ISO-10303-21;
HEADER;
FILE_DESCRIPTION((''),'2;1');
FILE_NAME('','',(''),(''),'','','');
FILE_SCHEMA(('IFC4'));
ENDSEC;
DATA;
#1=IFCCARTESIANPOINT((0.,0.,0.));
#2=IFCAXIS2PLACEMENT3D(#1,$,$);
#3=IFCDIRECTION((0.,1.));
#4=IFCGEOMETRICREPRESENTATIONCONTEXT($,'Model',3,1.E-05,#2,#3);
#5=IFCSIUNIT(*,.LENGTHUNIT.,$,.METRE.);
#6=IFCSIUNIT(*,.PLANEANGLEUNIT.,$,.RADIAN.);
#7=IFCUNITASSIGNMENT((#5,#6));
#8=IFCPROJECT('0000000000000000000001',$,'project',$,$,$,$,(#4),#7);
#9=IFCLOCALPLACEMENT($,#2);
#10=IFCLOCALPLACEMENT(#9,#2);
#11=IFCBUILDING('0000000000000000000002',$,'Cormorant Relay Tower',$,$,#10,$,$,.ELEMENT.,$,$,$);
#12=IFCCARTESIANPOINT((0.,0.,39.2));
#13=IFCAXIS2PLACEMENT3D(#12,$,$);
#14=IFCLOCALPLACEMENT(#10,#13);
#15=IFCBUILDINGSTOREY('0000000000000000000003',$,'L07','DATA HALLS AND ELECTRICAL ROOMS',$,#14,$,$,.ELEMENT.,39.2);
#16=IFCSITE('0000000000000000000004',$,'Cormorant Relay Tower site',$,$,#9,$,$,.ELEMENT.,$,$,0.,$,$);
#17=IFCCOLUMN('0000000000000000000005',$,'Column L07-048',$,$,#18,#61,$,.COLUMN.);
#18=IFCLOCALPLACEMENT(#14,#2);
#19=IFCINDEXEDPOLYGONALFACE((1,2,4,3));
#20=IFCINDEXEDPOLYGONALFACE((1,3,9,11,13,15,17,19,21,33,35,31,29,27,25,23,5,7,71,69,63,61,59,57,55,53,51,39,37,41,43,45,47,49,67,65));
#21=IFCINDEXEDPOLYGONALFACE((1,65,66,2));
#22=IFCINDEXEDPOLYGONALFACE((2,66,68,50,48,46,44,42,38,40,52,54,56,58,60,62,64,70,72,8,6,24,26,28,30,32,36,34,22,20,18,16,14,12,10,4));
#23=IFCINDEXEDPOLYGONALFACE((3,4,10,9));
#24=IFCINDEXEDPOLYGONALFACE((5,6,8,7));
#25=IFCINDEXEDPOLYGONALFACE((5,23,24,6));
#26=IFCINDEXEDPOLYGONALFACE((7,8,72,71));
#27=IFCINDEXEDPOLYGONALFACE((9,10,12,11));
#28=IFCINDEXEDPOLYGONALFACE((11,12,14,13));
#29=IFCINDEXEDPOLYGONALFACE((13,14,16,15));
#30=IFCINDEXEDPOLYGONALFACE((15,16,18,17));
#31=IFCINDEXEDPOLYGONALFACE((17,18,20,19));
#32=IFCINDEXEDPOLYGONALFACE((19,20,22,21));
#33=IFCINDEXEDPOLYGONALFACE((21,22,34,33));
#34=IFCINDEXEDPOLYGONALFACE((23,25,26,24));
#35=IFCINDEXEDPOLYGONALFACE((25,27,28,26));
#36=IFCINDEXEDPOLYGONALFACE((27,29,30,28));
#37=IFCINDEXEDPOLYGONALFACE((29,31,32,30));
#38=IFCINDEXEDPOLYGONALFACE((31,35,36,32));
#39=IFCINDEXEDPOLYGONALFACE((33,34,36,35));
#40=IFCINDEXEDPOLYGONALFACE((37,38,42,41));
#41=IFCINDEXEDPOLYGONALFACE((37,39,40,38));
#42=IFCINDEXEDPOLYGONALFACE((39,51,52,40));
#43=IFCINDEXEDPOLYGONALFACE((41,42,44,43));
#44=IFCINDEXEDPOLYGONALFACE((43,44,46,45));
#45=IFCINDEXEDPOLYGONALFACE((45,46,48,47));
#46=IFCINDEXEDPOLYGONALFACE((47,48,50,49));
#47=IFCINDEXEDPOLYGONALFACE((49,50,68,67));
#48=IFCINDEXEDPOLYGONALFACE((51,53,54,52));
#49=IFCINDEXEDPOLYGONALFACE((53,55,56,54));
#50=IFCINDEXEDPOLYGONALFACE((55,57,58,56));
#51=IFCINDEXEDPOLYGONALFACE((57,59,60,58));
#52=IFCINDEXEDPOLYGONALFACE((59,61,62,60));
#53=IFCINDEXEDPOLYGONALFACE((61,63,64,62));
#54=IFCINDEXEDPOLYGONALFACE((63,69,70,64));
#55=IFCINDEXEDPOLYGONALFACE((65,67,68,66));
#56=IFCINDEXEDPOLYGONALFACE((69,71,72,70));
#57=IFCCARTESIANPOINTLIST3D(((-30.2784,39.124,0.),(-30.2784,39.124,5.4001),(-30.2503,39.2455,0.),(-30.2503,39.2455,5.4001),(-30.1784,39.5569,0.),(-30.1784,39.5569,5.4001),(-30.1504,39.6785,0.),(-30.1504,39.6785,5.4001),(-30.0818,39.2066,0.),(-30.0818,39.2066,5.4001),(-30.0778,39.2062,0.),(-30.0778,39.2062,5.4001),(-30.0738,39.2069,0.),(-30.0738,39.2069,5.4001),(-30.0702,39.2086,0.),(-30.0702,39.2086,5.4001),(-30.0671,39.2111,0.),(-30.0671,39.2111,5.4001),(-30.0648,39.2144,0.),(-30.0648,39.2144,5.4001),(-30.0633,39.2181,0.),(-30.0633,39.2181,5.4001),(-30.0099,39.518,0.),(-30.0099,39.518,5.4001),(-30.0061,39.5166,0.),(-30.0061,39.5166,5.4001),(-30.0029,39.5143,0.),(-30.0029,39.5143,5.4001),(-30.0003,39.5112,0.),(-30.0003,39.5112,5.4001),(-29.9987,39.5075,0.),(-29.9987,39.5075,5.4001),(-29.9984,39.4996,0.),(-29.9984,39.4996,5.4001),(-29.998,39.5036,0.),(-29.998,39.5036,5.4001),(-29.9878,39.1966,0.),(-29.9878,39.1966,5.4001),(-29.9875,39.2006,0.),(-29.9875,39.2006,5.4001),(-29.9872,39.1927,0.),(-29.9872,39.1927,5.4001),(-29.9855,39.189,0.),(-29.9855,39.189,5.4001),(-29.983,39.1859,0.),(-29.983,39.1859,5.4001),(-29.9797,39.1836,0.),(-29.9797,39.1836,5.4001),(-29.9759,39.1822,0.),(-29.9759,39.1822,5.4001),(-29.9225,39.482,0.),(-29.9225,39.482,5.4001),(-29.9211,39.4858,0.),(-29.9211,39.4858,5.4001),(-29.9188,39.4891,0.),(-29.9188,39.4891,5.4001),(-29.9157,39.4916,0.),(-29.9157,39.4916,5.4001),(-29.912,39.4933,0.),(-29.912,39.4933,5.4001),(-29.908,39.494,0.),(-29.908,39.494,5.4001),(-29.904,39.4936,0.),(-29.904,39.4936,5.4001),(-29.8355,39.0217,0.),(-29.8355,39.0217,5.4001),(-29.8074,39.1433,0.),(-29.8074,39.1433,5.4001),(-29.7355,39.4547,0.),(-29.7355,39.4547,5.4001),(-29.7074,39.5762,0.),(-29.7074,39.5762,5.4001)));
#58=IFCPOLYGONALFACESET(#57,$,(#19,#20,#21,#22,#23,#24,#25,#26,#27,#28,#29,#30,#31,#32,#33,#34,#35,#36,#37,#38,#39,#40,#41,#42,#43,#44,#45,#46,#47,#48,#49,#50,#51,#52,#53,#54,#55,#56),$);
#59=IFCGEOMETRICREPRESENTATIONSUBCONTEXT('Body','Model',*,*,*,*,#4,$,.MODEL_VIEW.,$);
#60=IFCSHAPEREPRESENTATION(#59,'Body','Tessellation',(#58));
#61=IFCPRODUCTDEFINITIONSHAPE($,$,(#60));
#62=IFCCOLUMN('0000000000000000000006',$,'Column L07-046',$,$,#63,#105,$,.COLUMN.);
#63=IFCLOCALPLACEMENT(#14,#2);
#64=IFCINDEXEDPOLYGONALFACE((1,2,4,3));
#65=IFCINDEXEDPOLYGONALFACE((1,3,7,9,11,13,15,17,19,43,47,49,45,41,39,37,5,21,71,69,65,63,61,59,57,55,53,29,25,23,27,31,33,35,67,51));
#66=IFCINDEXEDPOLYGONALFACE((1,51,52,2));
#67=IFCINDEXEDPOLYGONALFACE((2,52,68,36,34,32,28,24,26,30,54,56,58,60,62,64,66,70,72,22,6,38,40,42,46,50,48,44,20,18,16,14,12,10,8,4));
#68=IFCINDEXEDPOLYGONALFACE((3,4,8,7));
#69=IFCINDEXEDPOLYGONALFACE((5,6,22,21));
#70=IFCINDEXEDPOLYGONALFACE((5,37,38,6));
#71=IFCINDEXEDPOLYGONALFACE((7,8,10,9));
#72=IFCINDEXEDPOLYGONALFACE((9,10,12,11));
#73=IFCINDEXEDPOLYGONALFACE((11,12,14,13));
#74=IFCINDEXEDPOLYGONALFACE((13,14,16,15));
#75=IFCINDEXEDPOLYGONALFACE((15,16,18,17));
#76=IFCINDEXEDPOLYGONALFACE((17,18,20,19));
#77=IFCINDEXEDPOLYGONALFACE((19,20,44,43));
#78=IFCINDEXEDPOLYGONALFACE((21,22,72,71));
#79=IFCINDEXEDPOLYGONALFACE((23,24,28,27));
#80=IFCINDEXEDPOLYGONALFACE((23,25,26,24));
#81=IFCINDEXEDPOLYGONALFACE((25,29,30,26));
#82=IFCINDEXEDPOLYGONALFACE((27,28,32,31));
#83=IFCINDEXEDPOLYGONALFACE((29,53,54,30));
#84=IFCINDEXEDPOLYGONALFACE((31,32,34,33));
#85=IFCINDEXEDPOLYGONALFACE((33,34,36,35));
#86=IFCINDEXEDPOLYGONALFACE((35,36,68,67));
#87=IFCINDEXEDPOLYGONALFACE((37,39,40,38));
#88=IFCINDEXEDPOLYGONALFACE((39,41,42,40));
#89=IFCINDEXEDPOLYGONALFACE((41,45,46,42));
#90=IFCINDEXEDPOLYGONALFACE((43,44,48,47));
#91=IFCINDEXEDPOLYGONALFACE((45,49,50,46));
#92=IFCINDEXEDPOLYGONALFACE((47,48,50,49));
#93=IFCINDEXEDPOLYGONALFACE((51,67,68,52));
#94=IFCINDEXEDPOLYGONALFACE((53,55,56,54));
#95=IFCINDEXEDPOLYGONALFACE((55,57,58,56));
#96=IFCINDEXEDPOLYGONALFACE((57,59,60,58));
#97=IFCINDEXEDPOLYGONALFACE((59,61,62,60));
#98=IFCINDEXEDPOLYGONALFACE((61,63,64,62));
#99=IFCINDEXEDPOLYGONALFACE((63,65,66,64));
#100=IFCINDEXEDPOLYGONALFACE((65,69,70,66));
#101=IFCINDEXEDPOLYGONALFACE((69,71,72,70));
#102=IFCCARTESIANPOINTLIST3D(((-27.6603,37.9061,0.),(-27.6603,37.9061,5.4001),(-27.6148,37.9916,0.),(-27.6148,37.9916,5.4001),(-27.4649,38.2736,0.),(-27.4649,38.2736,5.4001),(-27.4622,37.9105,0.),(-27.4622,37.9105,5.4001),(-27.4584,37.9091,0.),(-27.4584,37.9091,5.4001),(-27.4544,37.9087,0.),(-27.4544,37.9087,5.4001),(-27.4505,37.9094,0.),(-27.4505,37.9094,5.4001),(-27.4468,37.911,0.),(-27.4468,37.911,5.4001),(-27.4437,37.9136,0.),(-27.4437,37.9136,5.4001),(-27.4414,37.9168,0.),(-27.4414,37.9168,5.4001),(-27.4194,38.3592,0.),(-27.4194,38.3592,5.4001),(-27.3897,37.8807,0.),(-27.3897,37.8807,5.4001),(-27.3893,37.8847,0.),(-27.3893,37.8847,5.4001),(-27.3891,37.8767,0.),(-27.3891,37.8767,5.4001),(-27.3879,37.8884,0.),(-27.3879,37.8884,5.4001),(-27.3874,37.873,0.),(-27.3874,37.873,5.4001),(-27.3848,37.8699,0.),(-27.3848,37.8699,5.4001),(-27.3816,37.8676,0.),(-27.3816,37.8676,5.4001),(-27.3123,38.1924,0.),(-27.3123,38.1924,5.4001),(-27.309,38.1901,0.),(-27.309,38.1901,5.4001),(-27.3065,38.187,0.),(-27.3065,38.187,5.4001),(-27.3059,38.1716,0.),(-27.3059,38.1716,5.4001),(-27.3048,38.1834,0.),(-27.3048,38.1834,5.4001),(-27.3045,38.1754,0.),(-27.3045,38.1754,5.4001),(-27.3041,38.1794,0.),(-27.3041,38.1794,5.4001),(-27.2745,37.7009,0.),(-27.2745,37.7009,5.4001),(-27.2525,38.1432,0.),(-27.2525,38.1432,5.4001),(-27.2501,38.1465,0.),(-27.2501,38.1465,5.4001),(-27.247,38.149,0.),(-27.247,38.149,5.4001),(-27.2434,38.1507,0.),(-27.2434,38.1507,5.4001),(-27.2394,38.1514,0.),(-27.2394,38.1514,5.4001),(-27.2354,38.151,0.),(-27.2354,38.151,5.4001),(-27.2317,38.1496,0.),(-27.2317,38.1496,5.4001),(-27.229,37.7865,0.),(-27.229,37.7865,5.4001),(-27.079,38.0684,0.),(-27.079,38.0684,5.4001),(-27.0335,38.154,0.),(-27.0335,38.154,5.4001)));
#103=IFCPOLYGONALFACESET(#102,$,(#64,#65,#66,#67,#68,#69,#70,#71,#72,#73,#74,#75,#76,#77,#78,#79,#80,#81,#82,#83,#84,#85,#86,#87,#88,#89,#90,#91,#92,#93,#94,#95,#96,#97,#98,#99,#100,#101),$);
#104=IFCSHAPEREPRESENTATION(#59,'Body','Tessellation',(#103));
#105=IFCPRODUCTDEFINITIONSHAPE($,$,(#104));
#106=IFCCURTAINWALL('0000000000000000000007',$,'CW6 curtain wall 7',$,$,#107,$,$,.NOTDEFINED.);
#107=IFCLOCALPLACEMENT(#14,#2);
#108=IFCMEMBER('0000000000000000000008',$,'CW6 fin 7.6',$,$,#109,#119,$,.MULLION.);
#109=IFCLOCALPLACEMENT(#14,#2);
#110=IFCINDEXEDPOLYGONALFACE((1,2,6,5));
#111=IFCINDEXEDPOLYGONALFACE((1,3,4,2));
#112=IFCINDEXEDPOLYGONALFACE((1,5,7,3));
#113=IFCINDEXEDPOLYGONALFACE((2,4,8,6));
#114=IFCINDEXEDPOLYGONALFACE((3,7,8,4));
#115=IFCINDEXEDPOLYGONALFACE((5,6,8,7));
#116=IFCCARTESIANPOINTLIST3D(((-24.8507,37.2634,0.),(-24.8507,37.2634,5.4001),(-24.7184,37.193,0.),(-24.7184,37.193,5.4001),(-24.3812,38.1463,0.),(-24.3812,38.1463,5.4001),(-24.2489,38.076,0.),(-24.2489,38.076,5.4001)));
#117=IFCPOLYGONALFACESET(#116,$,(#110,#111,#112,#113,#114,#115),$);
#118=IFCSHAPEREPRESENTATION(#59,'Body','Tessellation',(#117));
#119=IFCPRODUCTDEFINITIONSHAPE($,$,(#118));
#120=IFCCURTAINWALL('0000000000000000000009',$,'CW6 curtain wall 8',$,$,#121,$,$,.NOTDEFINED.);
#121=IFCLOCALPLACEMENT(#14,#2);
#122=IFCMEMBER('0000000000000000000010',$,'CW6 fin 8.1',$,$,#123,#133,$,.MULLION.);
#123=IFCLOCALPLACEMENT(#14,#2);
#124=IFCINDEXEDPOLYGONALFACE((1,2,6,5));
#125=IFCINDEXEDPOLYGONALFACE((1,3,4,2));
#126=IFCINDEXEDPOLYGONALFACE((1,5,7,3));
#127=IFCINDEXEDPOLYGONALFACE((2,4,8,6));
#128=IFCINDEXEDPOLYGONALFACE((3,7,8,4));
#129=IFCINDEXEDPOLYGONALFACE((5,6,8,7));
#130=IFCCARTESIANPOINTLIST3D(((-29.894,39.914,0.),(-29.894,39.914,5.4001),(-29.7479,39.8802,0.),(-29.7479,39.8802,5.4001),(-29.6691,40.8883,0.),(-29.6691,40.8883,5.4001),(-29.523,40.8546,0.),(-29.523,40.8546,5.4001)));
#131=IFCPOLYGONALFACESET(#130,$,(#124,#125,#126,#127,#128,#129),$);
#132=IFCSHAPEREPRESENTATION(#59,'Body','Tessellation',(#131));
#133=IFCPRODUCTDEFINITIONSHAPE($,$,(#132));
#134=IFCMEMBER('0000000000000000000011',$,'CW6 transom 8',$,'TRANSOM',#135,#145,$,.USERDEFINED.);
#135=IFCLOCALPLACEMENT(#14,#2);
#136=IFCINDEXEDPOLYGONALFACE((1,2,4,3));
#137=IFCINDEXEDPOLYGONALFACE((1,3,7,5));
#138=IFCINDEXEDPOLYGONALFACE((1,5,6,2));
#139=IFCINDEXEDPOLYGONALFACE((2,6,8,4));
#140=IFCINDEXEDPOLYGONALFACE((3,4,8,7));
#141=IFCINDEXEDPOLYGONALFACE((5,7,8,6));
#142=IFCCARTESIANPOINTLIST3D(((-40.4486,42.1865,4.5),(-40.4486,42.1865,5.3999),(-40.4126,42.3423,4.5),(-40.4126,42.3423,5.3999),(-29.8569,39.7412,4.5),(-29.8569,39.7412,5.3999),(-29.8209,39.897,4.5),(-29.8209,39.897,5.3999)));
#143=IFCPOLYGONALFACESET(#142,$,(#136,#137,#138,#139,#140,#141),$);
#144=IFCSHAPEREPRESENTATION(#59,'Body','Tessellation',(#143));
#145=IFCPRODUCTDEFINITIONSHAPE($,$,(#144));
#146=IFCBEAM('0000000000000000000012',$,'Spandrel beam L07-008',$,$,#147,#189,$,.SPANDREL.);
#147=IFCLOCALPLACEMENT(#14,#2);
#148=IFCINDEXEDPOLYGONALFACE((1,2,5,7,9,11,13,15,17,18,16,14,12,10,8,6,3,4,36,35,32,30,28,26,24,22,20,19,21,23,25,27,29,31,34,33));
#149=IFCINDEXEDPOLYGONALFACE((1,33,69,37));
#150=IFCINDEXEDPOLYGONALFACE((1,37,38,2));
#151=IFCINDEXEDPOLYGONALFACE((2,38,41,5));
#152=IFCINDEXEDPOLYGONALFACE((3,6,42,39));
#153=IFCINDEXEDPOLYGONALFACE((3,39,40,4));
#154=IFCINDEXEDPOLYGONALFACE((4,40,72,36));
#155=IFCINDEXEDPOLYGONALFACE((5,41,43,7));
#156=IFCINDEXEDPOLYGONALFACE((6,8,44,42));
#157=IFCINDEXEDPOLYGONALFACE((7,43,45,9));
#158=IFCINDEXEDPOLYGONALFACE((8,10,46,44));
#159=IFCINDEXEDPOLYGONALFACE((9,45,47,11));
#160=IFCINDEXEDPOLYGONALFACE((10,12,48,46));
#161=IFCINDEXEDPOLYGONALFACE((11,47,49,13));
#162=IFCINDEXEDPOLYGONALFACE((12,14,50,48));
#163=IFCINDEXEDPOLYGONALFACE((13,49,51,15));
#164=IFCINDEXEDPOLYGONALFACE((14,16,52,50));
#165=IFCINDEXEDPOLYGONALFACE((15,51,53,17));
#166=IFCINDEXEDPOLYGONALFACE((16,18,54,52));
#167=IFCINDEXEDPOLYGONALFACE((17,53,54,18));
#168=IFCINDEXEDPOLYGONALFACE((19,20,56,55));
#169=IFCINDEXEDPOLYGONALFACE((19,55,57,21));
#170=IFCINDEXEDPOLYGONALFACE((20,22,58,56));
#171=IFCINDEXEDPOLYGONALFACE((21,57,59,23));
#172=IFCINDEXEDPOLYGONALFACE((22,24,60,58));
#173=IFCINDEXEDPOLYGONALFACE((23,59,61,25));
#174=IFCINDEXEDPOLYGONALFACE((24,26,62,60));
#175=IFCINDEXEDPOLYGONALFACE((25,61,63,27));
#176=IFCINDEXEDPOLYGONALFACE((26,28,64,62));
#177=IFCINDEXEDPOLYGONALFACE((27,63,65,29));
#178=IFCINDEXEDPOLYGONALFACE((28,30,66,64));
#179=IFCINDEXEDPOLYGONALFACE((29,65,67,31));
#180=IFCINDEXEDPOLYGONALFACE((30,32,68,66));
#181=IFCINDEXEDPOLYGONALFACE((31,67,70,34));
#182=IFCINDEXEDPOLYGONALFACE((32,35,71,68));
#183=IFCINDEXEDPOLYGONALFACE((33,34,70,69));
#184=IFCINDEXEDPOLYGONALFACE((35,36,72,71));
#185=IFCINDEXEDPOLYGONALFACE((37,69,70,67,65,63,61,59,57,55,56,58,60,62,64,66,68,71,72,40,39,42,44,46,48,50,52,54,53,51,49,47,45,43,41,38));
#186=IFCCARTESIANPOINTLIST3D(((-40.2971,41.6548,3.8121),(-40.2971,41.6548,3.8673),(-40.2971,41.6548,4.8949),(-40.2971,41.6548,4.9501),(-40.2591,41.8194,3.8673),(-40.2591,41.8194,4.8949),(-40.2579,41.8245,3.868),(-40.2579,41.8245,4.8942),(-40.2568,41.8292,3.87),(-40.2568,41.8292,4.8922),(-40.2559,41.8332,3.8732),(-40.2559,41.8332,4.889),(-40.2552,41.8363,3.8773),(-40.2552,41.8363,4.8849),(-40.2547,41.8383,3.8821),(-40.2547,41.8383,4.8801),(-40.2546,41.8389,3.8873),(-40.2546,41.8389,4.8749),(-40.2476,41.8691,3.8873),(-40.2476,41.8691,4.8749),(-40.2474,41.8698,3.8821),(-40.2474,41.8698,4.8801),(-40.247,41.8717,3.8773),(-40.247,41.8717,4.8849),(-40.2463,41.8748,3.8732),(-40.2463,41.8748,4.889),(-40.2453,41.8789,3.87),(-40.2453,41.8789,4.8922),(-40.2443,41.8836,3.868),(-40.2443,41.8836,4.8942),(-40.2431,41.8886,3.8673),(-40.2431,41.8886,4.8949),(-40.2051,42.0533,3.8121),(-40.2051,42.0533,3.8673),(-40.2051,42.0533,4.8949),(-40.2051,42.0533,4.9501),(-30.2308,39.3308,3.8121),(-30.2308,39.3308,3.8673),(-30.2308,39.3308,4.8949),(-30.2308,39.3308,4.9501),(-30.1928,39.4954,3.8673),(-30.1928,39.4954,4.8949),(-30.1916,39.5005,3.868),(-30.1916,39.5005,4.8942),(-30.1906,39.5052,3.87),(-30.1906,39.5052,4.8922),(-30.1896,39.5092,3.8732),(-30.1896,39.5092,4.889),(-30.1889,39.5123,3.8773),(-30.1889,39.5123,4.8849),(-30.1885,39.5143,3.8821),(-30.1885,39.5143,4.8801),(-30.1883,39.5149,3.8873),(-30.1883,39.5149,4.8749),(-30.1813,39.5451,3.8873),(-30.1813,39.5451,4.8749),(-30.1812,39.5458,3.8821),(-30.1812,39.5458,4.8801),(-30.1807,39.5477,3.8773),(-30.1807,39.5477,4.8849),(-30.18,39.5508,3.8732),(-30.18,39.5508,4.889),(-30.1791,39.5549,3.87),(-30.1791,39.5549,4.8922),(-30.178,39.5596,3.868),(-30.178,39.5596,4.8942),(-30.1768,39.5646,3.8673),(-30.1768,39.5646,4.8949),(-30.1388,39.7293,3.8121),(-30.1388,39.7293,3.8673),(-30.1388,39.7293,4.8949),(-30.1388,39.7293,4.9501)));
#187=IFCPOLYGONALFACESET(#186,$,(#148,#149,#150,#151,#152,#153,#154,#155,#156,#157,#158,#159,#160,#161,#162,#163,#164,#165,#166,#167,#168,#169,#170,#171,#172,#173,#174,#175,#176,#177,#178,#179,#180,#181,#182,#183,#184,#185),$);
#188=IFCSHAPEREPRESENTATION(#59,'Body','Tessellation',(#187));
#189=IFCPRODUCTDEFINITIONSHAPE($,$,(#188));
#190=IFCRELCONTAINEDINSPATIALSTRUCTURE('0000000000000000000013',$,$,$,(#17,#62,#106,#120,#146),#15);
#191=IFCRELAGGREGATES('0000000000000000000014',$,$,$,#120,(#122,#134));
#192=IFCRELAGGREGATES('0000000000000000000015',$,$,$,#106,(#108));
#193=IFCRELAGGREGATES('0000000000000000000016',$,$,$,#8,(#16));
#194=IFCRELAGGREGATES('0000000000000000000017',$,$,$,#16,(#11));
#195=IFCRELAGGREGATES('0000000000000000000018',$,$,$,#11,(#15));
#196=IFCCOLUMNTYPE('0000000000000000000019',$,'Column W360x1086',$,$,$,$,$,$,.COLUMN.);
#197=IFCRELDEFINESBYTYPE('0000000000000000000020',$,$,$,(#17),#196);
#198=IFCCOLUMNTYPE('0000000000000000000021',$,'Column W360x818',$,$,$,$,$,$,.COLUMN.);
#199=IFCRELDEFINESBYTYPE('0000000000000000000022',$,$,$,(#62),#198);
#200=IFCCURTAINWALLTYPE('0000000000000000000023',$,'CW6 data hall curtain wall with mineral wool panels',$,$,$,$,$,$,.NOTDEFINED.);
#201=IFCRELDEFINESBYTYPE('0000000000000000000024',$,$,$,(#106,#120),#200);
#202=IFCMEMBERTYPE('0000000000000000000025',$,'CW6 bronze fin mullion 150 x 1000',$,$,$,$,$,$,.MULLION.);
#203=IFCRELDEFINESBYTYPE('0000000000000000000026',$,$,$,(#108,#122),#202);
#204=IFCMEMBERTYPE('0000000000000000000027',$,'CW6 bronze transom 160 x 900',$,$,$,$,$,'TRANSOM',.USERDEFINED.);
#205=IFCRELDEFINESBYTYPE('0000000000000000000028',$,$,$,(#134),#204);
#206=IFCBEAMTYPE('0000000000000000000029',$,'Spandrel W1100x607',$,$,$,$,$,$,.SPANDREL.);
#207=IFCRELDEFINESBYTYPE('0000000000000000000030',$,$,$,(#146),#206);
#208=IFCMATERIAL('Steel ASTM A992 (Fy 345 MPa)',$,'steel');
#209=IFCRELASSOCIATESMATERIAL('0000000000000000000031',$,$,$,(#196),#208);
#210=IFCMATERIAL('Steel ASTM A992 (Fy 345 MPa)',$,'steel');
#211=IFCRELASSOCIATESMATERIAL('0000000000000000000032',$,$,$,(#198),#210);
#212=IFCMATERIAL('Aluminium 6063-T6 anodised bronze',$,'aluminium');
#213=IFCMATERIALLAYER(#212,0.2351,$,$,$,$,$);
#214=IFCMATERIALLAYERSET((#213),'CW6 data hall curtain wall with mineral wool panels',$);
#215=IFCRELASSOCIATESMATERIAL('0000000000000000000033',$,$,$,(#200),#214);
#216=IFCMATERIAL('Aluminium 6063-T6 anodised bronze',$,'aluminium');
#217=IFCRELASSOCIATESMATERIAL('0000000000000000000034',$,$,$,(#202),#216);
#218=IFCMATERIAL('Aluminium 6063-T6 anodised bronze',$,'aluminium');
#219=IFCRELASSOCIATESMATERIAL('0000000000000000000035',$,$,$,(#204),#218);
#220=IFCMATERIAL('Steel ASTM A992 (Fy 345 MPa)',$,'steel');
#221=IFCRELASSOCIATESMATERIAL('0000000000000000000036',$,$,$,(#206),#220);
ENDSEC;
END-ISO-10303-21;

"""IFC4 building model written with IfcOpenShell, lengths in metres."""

from ifc_helpers import new_model, si_unit, direction, frame, origin, origin_2d, place, context, subcontext, project, spatial, rectangle, i_section, extrude, material, layer, layer_set, material_profile, profile_set, type_object, element, aggregate, save


model = new_model("IFC4")

# Units and contexts
model_context = context("Model", 3, precision=1e-05, world=origin(), true_north=direction((0.0, 1.0)))
body_context = subcontext(model_context, "Body", "Model", "MODEL_VIEW")
ifc_project = project(units=[si_unit("LENGTHUNIT", "METRE"), si_unit("PLANEANGLEUNIT", "RADIAN")], contexts=[model_context])

# Site, building, storey
site_placement = place(None, origin())
site = spatial("IfcSite", under=ifc_project, at=site_placement, Name="Cormorant Relay Tower site", CompositionType="ELEMENT", RefElevation=0.0)
building_placement = place(site_placement, origin())
building = spatial("IfcBuilding", under=site, at=building_placement, Name="Cormorant Relay Tower", CompositionType="ELEMENT")
storey_placement = place(building_placement, frame((0.0, 0.0, 39.2)))
storey = spatial("IfcBuildingStorey", under=building, at=storey_placement, Name="L07", Description="DATA HALLS AND ELECTRICAL ROOMS", CompositionType="ELEMENT", Elevation=39.2)

# Columns
ifc_material_1 = material(Name="Steel ASTM A992 (Fy 345 MPa)", Category="steel")
ifc_material_profile_1 = material_profile(ifc_material_1, i_section(OverallWidth=0.4546, OverallDepth=0.5691, WebThickness=0.0779, FlangeThickness=0.1248, FilletRadius=0.0154, at=origin_2d()), Name="W360x1086")
ifc_profile_set_1 = profile_set([ifc_material_profile_1], Name="Steel ASTM A992 (Fy 345 MPa)")
column_type_1 = type_object("IfcColumnType", Name="Column W360x1086", PredefinedType="COLUMN", material=ifc_profile_set_1)
column_1_placement = place(storey_placement, frame((-29.9929, 39.3501, 0.0), z_axis=(0.0, 0.0, 1.0), x_axis=(-0.97437, 0.224951, 0.0)))
element("IfcColumn", 1, at=column_1_placement, inside=storey, type_object=column_type_1, Name="Column L07-048", PredefinedType="COLUMN", context=body_context, shape_type="SweptSolid", body=[
    extrude(i_section(OverallWidth=0.4546, OverallDepth=0.5691, WebThickness=0.0779, FlangeThickness=0.1248, FilletRadius=0.0154, at=origin_2d()), origin(), (0.0, 0.0, 1.0), 5.4001),
])
ifc_material_2 = material(Name="Steel ASTM A992 (Fy 345 MPa)", Category="steel")
ifc_material_profile_2 = material_profile(ifc_material_2, i_section(OverallWidth=0.437, OverallDepth=0.5132, WebThickness=0.0605, FlangeThickness=0.0969, FilletRadius=0.0154, at=origin_2d()), Name="W360x818")
ifc_profile_set_2 = profile_set([ifc_material_profile_2], Name="Steel ASTM A992 (Fy 345 MPa)")
column_type_2 = type_object("IfcColumnType", Name="Column W360x818", PredefinedType="COLUMN", material=ifc_profile_set_2)
column_2_placement = place(storey_placement, frame((-27.3469, 38.03, 0.0), z_axis=(0.0, 0.0, 1.0), x_axis=(-0.882948, 0.469472, 0.0)))
element("IfcColumn", 2, at=column_2_placement, inside=storey, type_object=column_type_2, Name="Column L07-046", PredefinedType="COLUMN", context=body_context, shape_type="SweptSolid", body=[
    extrude(i_section(OverallWidth=0.437, OverallDepth=0.5132, WebThickness=0.0605, FlangeThickness=0.0969, FilletRadius=0.0154, at=origin_2d()), origin(), (0.0, 0.0, 1.0), 5.4001),
])

# Curtain wall, member
ifc_material_3 = material(Name="Aluminium 6063-T6 anodised bronze", Category="aluminium")
ifc_layer_1 = layer(ifc_material_3, 0.2351)
ifc_layer_set_1 = layer_set([ifc_layer_1], Name="CW6 data hall curtain wall with mineral wool panels")
curtain_wall_type = type_object("IfcCurtainWallType", Name="CW6 data hall curtain wall with mineral wool panels", PredefinedType="NOTDEFINED", material=ifc_layer_set_1)
curtain_wall_1_placement = place(storey_placement, origin())
curtain_wall_1 = element("IfcCurtainWall", 3, at=curtain_wall_1_placement, inside=storey, type_object=curtain_wall_type, Name="CW6 curtain wall 7", PredefinedType="NOTDEFINED")
ifc_material_4 = material(Name="Aluminium 6063-T6 anodised bronze", Category="aluminium")
ifc_material_profile_3 = material_profile(ifc_material_4, rectangle(XDim=0.1499, YDim=1.0, at=origin_2d()), Name="AL 150x1000")
ifc_profile_set_3 = profile_set([ifc_material_profile_3], Name="Aluminium 6063-T6 anodised bronze")
member_type_1 = type_object("IfcMemberType", Name="CW6 bronze fin mullion 150 x 1000", PredefinedType="MULLION", material=ifc_profile_set_3)
member_1_placement = place(storey_placement, frame((-24.5498, 37.6697, 0.0), z_axis=(0.0, 0.0, 1.0), x_axis=(-0.882948, 0.469472, 0.0)))
member_1 = element("IfcMember", 4, at=member_1_placement, type_object=member_type_1, Name="CW6 fin 7.6", PredefinedType="MULLION", context=body_context, shape_type="SweptSolid", body=[
    extrude(rectangle(XDim=0.1499, YDim=1.0, at=origin_2d()), origin(), (0.0, 0.0, 1.0), 5.4001),
])

# Curtain wall, members
curtain_wall_2_placement = place(storey_placement, origin())
curtain_wall_2 = element("IfcCurtainWall", 5, at=curtain_wall_2_placement, inside=storey, type_object=curtain_wall_type, Name="CW6 curtain wall 8", PredefinedType="NOTDEFINED")
member_2_placement = place(storey_placement, frame((-29.7085, 40.3843, 0.0), z_axis=(0.0, 0.0, 1.0), x_axis=(-0.97437, 0.224951, 0.0)))
member_2 = element("IfcMember", 6, at=member_2_placement, type_object=member_type_1, Name="CW6 fin 8.1", PredefinedType="MULLION", context=body_context, shape_type="SweptSolid", body=[
    extrude(rectangle(XDim=0.1499, YDim=1.0, at=origin_2d()), origin(), (0.0, 0.0, 1.0), 5.4001),
])
ifc_material_5 = material(Name="Aluminium 6063-T6 anodised bronze", Category="aluminium")
ifc_material_profile_4 = material_profile(ifc_material_5, rectangle(XDim=0.1599, YDim=0.8999, at=origin_2d()), Name="AL 160x900")
ifc_profile_set_4 = profile_set([ifc_material_profile_4], Name="Aluminium 6063-T6 anodised bronze")
member_type_2 = type_object("IfcMemberType", Name="CW6 bronze transom 160 x 900", ElementType="TRANSOM", PredefinedType="USERDEFINED", material=ifc_profile_set_4)
member_3_placement = place(storey_placement, frame((-29.8389, 39.8191, 4.95), z_axis=(-0.97437, 0.224951, 0.0), x_axis=(-0.224951, -0.97437, 0.0)))
member_3 = element("IfcMember", 7, at=member_3_placement, type_object=member_type_2, Name="CW6 transom 8", ObjectType="TRANSOM", PredefinedType="USERDEFINED", context=body_context, shape_type="SweptSolid", body=[
    extrude(rectangle(XDim=0.1599, YDim=0.8999, at=origin_2d()), origin(), (0.0, 0.0, 1.0), 10.8704),
])
aggregate(curtain_wall_2, [member_2, member_3])

# Beam
ifc_material_6 = material(Name="Steel ASTM A992 (Fy 345 MPa)", Category="steel")
ifc_material_profile_5 = material_profile(ifc_material_6, i_section(OverallWidth=0.4089, OverallDepth=1.1379, WebThickness=0.031, FlangeThickness=0.0552, FilletRadius=0.02, at=origin_2d()), Name="W1100x607")
ifc_profile_set_5 = profile_set([ifc_material_profile_5], Name="Steel ASTM A992 (Fy 345 MPa)")
beam_type = type_object("IfcBeamType", Name="Spandrel W1100x607", PredefinedType="SPANDREL", material=ifc_profile_set_5)
beam_placement = place(storey_placement, frame((-30.1848, 39.53, 4.3811), z_axis=(-0.97437, 0.224953, 0.0), x_axis=(-0.224953, -0.97437, 0.0)))
element("IfcBeam", 8, at=beam_placement, inside=storey, type_object=beam_type, Name="Spandrel beam L07-008", PredefinedType="SPANDREL", context=body_context, shape_type="SweptSolid", body=[
    extrude(i_section(OverallWidth=0.4089, OverallDepth=1.1379, WebThickness=0.031, FlangeThickness=0.0552, FilletRadius=0.02, at=origin_2d()), origin(), (0.0, 0.0, 1.0), 10.3311),
])

aggregate(curtain_wall_1, [member_1])

save(model, "model.ifc")
